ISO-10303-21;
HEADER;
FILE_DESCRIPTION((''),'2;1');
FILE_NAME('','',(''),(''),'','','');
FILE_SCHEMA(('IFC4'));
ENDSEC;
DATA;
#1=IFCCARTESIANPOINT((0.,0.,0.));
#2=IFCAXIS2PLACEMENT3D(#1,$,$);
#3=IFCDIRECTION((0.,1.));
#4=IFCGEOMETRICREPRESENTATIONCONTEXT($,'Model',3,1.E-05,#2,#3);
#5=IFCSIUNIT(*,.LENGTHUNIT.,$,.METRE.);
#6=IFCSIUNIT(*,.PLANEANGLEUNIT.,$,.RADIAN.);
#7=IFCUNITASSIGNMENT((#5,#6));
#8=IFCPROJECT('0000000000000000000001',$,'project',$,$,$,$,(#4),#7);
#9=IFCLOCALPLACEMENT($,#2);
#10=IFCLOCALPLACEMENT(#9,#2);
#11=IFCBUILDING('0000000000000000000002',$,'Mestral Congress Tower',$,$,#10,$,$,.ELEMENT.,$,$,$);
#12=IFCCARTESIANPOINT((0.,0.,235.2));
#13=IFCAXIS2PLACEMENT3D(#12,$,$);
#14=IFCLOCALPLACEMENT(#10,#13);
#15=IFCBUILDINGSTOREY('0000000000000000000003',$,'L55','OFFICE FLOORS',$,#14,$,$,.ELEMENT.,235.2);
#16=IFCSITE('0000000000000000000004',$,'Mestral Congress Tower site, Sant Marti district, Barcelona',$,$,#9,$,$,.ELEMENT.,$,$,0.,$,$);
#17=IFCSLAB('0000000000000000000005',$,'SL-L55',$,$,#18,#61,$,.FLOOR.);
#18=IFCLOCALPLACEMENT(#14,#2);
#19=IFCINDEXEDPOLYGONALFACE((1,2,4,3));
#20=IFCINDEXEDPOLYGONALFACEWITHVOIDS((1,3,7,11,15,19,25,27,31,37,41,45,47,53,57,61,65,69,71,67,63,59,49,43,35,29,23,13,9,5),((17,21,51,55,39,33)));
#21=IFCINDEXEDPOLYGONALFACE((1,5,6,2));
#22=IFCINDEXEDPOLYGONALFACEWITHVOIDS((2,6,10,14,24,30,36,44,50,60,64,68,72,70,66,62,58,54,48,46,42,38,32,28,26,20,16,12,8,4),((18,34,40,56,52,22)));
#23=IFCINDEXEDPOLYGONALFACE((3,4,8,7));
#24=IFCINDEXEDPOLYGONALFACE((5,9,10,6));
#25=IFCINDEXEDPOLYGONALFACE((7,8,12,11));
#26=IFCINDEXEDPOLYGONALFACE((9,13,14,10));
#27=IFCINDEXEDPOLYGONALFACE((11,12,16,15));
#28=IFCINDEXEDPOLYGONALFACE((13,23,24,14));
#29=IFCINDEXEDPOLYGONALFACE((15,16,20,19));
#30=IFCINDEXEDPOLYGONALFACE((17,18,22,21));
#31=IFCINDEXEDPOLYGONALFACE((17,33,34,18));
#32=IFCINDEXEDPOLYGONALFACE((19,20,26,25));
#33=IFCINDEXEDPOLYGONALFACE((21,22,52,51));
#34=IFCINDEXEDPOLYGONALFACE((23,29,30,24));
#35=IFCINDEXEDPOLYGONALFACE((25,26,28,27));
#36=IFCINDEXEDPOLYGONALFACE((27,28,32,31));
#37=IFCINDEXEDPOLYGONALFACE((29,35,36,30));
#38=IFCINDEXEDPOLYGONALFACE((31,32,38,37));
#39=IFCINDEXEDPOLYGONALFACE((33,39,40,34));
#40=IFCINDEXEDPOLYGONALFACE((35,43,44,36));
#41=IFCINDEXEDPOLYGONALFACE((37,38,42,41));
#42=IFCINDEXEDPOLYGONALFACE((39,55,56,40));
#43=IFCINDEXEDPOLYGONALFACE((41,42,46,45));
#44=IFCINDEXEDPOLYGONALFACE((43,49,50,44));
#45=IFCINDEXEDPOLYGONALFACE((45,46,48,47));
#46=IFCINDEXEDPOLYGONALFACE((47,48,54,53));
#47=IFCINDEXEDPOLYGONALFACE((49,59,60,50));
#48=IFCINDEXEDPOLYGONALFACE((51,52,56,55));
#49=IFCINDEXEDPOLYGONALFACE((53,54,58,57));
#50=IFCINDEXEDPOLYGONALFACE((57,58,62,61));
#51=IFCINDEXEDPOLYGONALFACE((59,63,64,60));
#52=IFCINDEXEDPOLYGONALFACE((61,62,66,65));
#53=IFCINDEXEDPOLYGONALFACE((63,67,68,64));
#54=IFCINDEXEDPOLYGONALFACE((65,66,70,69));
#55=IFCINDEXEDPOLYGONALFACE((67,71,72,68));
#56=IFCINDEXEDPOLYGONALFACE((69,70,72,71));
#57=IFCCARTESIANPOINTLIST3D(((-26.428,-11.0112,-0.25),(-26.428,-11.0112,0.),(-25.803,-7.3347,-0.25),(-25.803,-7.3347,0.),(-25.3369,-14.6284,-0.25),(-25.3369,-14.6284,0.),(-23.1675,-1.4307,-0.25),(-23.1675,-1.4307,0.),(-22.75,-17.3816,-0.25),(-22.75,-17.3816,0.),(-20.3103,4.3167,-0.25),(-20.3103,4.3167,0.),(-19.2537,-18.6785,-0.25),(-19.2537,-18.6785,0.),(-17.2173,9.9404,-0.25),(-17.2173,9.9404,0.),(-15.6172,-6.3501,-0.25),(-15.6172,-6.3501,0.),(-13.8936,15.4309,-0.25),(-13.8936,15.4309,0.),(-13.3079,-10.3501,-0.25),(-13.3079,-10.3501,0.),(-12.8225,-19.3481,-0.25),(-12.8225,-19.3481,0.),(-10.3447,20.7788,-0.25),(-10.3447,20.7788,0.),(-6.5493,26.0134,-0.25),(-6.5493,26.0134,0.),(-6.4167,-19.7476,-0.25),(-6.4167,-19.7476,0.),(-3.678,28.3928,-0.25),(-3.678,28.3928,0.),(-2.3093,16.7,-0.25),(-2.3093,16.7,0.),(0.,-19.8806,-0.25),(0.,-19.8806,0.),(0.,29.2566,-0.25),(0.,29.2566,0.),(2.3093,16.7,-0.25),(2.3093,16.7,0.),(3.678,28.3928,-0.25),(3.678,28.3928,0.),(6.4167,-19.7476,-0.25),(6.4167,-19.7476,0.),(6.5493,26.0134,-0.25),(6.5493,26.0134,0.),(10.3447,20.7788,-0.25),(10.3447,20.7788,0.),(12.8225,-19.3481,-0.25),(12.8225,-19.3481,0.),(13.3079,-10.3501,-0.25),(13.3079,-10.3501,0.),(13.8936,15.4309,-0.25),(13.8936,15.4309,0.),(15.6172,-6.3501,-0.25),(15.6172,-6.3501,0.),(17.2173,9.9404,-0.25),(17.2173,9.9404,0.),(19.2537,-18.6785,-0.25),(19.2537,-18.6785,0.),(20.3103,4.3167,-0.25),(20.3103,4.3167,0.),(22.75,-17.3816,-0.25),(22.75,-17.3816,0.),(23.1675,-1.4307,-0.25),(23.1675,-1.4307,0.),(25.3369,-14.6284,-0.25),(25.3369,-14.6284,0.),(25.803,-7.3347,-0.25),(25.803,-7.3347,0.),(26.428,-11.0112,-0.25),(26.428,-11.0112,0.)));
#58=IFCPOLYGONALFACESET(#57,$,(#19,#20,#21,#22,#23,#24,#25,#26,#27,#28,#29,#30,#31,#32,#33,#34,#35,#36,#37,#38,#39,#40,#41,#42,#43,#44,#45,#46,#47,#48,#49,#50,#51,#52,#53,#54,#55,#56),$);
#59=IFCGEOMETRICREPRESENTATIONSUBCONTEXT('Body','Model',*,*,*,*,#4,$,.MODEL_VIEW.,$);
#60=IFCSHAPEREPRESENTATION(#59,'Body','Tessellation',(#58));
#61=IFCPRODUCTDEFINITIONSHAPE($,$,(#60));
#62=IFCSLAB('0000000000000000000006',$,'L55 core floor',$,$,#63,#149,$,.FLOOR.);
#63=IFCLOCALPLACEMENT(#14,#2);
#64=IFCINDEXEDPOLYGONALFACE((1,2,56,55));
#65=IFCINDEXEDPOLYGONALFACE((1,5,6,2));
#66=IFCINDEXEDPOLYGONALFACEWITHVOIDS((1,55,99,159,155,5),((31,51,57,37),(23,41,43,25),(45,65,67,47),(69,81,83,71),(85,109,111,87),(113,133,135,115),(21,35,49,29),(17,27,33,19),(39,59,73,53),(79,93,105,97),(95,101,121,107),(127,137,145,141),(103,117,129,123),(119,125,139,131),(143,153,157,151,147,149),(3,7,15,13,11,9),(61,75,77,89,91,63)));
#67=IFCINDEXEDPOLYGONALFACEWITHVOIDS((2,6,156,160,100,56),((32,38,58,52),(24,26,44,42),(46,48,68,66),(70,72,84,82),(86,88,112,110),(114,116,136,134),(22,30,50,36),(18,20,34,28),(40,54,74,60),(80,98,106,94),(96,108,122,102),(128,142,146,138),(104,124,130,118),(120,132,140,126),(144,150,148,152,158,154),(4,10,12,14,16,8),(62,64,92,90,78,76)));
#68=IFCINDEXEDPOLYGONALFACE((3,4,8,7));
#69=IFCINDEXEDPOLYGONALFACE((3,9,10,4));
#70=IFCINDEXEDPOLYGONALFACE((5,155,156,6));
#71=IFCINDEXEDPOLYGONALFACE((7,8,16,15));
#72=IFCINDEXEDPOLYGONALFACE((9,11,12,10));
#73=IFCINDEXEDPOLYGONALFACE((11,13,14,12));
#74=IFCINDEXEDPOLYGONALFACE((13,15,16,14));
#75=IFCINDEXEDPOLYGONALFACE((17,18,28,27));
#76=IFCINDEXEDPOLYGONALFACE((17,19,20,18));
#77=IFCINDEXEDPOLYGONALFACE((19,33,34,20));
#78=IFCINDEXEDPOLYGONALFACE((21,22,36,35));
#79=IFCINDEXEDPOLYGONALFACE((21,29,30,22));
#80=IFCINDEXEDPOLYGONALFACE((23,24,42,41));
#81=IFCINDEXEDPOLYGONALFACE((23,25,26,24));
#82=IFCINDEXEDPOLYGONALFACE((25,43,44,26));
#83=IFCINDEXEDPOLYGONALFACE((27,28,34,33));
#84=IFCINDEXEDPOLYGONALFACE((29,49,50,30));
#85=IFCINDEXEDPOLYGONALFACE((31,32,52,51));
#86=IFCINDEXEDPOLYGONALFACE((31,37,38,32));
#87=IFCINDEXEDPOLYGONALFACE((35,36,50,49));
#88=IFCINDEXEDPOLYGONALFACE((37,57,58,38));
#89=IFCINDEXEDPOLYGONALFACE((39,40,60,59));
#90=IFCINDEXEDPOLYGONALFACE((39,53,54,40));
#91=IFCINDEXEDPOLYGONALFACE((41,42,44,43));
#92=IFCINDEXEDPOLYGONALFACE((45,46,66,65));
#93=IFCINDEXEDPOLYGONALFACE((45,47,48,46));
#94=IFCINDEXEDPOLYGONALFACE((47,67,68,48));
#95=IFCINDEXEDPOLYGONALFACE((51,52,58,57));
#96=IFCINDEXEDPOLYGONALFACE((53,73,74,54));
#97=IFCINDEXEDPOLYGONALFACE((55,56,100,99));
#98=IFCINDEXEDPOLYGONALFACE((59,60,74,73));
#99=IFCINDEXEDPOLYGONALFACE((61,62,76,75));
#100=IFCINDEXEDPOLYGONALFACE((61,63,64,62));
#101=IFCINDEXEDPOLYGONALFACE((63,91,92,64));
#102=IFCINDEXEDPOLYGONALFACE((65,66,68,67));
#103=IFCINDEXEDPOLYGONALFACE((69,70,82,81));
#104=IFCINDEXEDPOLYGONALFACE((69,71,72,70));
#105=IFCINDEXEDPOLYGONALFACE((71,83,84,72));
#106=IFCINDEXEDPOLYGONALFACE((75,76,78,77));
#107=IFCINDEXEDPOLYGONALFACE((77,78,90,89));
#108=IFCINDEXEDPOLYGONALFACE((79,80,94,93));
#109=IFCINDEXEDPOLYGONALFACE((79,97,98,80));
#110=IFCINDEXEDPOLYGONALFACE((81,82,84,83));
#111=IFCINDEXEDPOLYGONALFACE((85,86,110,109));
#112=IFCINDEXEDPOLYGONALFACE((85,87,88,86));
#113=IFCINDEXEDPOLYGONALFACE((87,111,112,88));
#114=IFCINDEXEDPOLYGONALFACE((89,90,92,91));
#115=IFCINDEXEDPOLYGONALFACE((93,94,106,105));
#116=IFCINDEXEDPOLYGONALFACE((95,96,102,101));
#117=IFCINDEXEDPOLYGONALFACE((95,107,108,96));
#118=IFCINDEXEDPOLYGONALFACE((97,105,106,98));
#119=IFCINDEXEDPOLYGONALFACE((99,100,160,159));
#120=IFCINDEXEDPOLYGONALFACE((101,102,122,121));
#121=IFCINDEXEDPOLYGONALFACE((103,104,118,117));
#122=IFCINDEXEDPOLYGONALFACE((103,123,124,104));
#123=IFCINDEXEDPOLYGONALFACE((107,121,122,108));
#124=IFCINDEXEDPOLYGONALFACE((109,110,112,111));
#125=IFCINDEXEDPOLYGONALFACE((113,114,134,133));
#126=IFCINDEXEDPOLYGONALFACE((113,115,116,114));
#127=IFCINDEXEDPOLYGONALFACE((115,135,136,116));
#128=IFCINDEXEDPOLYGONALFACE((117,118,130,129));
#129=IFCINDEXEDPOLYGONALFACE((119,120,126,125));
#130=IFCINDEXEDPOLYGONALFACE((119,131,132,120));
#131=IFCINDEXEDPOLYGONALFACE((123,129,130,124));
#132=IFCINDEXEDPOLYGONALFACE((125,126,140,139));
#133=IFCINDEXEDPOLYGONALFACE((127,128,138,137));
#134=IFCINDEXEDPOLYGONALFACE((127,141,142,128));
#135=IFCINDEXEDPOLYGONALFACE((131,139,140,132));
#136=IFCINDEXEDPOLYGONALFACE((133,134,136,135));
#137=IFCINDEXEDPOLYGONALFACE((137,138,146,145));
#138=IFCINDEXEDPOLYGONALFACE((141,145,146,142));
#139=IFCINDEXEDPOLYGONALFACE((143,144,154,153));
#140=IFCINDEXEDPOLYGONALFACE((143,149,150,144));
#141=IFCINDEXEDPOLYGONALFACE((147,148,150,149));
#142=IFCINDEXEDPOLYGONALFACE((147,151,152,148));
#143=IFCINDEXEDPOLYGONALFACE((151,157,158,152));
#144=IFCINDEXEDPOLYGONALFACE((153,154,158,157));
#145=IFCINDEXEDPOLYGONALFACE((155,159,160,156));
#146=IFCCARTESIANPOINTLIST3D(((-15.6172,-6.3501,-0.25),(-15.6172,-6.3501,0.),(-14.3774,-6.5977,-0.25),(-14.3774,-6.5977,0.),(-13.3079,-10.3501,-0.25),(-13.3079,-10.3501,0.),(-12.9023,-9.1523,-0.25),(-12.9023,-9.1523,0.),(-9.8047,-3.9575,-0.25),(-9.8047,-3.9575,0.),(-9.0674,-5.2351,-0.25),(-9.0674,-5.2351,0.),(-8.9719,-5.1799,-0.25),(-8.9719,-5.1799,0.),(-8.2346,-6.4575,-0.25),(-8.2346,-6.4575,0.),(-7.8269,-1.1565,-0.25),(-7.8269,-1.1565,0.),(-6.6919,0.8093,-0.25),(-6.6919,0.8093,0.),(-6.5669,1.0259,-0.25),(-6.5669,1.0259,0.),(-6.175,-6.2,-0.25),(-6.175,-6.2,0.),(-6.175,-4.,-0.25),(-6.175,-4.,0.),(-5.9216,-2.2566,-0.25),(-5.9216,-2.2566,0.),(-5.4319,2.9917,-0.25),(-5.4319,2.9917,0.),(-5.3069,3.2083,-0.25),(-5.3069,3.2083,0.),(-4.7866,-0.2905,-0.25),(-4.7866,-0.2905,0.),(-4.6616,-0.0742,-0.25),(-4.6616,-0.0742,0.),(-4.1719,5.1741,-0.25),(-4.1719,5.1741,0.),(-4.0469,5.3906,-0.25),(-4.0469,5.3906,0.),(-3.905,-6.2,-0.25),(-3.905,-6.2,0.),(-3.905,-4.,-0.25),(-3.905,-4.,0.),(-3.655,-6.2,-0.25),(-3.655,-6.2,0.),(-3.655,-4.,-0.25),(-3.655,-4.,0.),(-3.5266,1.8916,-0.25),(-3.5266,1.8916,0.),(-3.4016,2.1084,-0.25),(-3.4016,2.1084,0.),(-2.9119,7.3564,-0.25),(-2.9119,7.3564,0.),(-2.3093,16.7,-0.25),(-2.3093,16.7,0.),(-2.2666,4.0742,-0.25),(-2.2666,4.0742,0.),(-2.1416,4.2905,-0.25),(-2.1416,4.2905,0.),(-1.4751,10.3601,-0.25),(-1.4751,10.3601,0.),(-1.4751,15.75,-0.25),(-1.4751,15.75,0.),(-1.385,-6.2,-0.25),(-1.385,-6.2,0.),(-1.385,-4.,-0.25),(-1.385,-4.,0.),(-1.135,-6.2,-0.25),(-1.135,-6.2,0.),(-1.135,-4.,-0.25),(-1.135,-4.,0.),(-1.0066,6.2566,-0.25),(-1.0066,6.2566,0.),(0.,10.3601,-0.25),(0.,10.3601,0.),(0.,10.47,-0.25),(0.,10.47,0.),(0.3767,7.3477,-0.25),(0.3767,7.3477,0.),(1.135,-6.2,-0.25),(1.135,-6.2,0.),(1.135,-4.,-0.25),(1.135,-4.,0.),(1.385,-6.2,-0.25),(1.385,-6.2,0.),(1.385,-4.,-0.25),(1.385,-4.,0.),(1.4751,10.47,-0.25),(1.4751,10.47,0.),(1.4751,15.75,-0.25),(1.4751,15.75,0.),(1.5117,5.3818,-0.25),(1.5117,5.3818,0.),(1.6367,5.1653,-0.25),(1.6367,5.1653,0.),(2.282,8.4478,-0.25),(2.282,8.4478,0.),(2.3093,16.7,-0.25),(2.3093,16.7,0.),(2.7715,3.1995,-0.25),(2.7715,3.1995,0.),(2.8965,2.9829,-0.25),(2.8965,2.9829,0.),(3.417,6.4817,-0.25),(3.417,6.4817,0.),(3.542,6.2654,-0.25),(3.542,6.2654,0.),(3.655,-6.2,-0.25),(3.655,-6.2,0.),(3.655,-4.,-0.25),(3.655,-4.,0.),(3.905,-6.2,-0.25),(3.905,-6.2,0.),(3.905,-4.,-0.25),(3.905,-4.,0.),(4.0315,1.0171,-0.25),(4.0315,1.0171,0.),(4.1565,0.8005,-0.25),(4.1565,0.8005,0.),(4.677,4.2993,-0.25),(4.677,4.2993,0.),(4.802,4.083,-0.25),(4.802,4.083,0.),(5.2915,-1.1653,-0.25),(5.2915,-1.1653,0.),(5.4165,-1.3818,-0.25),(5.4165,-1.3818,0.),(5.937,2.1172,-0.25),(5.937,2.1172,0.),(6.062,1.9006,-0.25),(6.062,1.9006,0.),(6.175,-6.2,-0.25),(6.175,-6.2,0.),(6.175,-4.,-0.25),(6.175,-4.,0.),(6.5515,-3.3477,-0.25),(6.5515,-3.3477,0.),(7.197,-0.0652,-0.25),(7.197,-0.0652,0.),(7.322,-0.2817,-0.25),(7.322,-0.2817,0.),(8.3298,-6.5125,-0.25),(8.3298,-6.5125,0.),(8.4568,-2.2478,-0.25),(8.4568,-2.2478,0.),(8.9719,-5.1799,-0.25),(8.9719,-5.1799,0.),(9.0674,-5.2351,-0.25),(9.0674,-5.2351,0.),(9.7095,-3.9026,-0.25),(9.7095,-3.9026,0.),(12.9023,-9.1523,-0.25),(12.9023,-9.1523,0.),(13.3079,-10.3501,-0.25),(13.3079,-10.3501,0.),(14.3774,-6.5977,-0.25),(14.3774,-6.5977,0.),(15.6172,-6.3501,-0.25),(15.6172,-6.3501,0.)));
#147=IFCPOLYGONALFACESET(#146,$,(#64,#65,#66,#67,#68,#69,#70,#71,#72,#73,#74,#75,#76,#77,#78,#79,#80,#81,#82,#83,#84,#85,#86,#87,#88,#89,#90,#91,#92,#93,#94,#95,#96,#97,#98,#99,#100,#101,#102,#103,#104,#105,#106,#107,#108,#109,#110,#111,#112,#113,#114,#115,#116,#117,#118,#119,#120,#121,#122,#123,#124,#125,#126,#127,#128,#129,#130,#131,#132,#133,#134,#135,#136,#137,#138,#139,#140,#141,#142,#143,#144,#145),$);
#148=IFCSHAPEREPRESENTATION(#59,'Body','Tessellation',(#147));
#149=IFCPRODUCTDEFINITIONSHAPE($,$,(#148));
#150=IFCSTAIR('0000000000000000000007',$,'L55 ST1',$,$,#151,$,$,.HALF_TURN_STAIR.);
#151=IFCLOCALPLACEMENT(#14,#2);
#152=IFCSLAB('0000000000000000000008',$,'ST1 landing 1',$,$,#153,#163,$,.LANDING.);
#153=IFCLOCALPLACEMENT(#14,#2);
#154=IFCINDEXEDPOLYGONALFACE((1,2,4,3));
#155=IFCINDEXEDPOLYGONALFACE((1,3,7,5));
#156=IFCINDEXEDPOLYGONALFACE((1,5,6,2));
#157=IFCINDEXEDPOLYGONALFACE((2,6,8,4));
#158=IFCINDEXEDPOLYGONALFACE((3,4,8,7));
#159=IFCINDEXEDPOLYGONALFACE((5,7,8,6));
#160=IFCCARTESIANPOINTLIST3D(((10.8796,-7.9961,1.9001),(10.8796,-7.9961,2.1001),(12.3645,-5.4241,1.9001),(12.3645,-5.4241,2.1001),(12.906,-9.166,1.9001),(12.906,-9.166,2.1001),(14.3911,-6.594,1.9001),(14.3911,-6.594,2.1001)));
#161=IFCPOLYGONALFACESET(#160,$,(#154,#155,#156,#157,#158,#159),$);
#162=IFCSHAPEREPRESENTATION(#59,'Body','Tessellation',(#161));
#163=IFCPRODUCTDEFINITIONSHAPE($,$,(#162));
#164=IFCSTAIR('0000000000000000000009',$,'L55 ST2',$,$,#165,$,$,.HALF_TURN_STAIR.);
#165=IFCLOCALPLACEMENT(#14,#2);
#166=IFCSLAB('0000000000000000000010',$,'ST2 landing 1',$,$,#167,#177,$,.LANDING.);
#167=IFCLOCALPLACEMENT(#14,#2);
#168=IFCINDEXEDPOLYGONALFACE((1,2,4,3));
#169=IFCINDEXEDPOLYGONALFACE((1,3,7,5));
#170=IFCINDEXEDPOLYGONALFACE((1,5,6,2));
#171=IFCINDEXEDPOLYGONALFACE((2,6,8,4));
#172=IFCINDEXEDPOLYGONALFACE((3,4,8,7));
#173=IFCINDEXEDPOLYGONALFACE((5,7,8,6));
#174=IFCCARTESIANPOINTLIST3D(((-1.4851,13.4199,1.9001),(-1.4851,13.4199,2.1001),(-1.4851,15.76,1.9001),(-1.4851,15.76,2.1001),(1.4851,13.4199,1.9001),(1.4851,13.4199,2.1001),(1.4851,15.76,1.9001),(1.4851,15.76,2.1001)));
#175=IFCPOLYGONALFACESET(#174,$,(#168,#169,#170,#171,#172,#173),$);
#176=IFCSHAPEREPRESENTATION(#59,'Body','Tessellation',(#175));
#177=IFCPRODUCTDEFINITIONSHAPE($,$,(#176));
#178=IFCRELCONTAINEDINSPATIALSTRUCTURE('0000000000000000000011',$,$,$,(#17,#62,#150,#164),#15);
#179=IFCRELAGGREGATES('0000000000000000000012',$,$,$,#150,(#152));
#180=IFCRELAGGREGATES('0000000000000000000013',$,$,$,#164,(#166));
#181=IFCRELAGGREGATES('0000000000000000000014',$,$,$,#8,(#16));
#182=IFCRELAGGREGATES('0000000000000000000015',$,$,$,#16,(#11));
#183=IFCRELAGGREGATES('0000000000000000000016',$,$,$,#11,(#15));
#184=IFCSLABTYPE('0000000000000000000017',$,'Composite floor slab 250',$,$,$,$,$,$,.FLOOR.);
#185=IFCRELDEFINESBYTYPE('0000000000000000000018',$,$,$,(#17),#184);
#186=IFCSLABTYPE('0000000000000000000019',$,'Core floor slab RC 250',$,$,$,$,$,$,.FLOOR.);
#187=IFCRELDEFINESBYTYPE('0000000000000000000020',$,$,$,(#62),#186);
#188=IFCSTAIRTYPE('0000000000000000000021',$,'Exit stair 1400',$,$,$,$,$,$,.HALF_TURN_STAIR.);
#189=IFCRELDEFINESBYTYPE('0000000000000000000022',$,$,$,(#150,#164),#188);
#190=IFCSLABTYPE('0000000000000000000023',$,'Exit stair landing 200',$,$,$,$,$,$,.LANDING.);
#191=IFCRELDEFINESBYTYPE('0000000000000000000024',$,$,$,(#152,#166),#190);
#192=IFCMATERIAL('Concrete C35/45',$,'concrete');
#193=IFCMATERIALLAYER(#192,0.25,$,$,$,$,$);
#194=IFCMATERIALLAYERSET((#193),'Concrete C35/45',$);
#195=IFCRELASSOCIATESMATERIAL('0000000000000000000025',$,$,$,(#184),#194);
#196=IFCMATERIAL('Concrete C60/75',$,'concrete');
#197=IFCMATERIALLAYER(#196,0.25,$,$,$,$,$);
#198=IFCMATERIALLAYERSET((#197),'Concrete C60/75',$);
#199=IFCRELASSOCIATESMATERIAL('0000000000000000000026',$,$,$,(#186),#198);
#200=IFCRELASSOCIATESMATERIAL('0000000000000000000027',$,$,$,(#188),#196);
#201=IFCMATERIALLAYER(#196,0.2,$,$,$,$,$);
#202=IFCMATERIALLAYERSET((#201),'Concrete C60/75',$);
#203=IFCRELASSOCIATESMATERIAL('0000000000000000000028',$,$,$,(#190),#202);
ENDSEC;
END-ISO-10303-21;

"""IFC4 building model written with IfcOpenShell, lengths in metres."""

from ifc_helpers import new_model, si_unit, direction, frame, origin, place, context, subcontext, project, spatial, polyline, outline, extrude, material, layer, layer_set, type_object, element, aggregate, save


model = new_model("IFC4")

# Units and contexts
model_context = context("Model", 3, precision=1e-05, world=origin(), true_north=direction((0.0, 1.0)))
body_context = subcontext(model_context, "Body", "Model", "MODEL_VIEW")
ifc_project = project(units=[si_unit("LENGTHUNIT", "METRE"), si_unit("PLANEANGLEUNIT", "RADIAN")], contexts=[model_context])

# Site, building, storey
site_placement = place(None, origin())
site = spatial("IfcSite", under=ifc_project, at=site_placement, Name="Mestral Congress Tower site, Sant Marti district, Barcelona", CompositionType="ELEMENT", RefElevation=0.0)
building_placement = place(site_placement, origin())
building = spatial("IfcBuilding", under=site, at=building_placement, Name="Mestral Congress Tower", CompositionType="ELEMENT")
storey_placement = place(building_placement, frame((0.0, 0.0, 235.2)))
storey = spatial("IfcBuildingStorey", under=building, at=storey_placement, Name="L55", Description="OFFICE FLOORS", CompositionType="ELEMENT", Elevation=235.2)

# Slabs
ifc_material_1 = material(Name="Concrete C35/45", Category="concrete")
ifc_layer_1 = layer(ifc_material_1, 0.25)
ifc_layer_set_1 = layer_set([ifc_layer_1], Name="Concrete C35/45")
slab_type_1 = type_object("IfcSlabType", Name="Composite floor slab 250", PredefinedType="FLOOR", material=ifc_layer_set_1)
placement_1 = place(storey_placement, frame((0.0, 0.0, -0.25)))
element("IfcSlab", 1, at=placement_1, inside=storey, type_object=slab_type_1, Name="SL-L55", PredefinedType="FLOOR", context=body_context, shape_type="SweptSolid", body=[
    extrude(outline(polyline([(-19.2537, -18.6785), (-22.75, -17.3816), (-25.3369, -14.6284), (-26.428, -11.0112), (-25.803, -7.3347), (-23.1675, -1.4307), (-20.3103, 4.3167), (-17.2173, 9.9404), (-13.8936, 15.4309), (-10.3447, 20.7788), (-6.5493, 26.0134), (-3.678, 28.3928), (0.0, 29.2566), (3.678, 28.3928), (6.5493, 26.0134), (10.3447, 20.7788), (13.8936, 15.4309), (17.2173, 9.9404), (20.3103, 4.3167), (23.1675, -1.4307), (25.803, -7.3347), (26.428, -11.0112), (25.3369, -14.6284), (22.75, -17.3816), (19.2537, -18.6785), (12.8225, -19.3481), (6.4167, -19.7476), (0.0, -19.8806), (-6.4167, -19.7476), (-12.8225, -19.3481), (-19.2537, -18.6785)]), holes=[polyline([(-2.3093, 16.7), (-15.6172, -6.3501), (-13.3079, -10.3501), (13.3079, -10.3501), (15.6172, -6.3501), (2.3093, 16.7), (-2.3093, 16.7)])]), origin(), (0.0, 0.0, 1.0), 0.25),
])
ifc_material_2 = material(Name="Concrete C60/75", Category="concrete")
ifc_layer_2 = layer(ifc_material_2, 0.25)
ifc_layer_set_2 = layer_set([ifc_layer_2], Name="Concrete C60/75")
slab_type_2 = type_object("IfcSlabType", Name="Core floor slab RC 250", PredefinedType="FLOOR", material=ifc_layer_set_2)
element("IfcSlab", 2, at=placement_1, inside=storey, type_object=slab_type_2, Name="L55 core floor", PredefinedType="FLOOR", context=body_context, shape_type="SweptSolid", body=[
    extrude(outline(polyline([(13.3079, -10.3501), (-13.3079, -10.3501), (-15.6172, -6.3501), (-2.3093, 16.7), (2.3093, 16.7), (15.6172, -6.3501), (13.3079, -10.3501)]), holes=[polyline([(-9.8047, -3.9575), (-14.3774, -6.5977), (-12.9023, -9.1523), (-8.2346, -6.4575), (-8.9719, -5.1799), (-9.0674, -5.2351), (-9.8047, -3.9575)]), polyline([(-3.905, -4.0), (-6.175, -4.0), (-6.175, -6.2), (-3.905, -6.2), (-3.905, -4.0)]), polyline([(-1.385, -4.0), (-3.655, -4.0), (-3.655, -6.2), (-1.385, -6.2), (-1.385, -4.0)]), polyline([(1.135, -4.0), (-1.135, -4.0), (-1.135, -6.2), (1.135, -6.2), (1.135, -4.0)]), polyline([(-5.9216, -2.2566), (-4.7866, -0.2905), (-6.6919, 0.8093), (-7.8269, -1.1565), (-5.9216, -2.2566)]), polyline([(-4.6616, -0.0742), (-3.5266, 1.8916), (-5.4319, 2.9917), (-6.5669, 1.0259), (-4.6616, -0.0742)]), polyline([(-3.4016, 2.1084), (-2.2666, 4.0742), (-4.1719, 5.1741), (-5.3069, 3.2083), (-3.4016, 2.1084)]), polyline([(-2.1416, 4.2905), (-1.0066, 6.2566), (-2.9119, 7.3564), (-4.0469, 5.3906), (-2.1416, 4.2905)]), polyline([(1.4751, 10.47), (1.4751, 15.75), (-1.4751, 15.75), (-1.4751, 10.3601), (0.0, 10.3601), (0.0, 10.47), (1.4751, 10.47)]), polyline([(8.3298, -6.5125), (12.9023, -9.1523), (14.3774, -6.5977), (9.7095, -3.9026), (8.9719, -5.1799), (9.0674, -5.2351), (8.3298, -6.5125)]), polyline([(3.655, -4.0), (1.385, -4.0), (1.385, -6.2), (3.655, -6.2), (3.655, -4.0)]), polyline([(6.175, -4.0), (3.905, -4.0), (3.905, -6.2), (6.175, -6.2), (6.175, -4.0)]), polyline([(5.4165, -1.3818), (6.5515, -3.3477), (8.4568, -2.2478), (7.322, -0.2817), (5.4165, -1.3818)]), polyline([(4.1565, 0.8005), (5.2915, -1.1653), (7.197, -0.0652), (6.062, 1.9006), (4.1565, 0.8005)]), polyline([(2.8965, 2.9829), (4.0315, 1.0171), (5.937, 2.1172), (4.802, 4.083), (2.8965, 2.9829)]), polyline([(3.542, 6.2654), (1.6367, 5.1653), (2.7715, 3.1995), (4.677, 4.2993), (3.542, 6.2654)]), polyline([(2.282, 8.4478), (0.3767, 7.3477), (1.5117, 5.3818), (3.417, 6.4817), (2.282, 8.4478)])]), origin(), (0.0, 0.0, 1.0), 0.25),
])

# Stairs, slabs
stair_type = type_object("IfcStairType", Name="Exit stair 1400", PredefinedType="HALF_TURN_STAIR", material=ifc_material_2)
placement_2 = place(storey_placement, origin())
stair_1 = element("IfcStair", 3, at=placement_2, inside=storey, type_object=stair_type, Name="L55 ST1", PredefinedType="HALF_TURN_STAIR")
ifc_layer_3 = layer(ifc_material_2, 0.2)
ifc_layer_set_3 = layer_set([ifc_layer_3], Name="Concrete C60/75")
slab_type_3 = type_object("IfcSlabType", Name="Exit stair landing 200", PredefinedType="LANDING", material=ifc_layer_set_3)
placement_3 = place(storey_placement, frame((0.0, 0.0, 1.9001)))
slab_1 = element("IfcSlab", 4, at=placement_3, type_object=slab_type_3, Name="ST1 landing 1", PredefinedType="LANDING", context=body_context, shape_type="SweptSolid", body=[
    extrude(outline(polyline([(10.8796, -7.9961), (12.3645, -5.4241), (14.3911, -6.594), (12.906, -9.166), (10.8796, -7.9961)])), origin(), (0.0, 0.0, 1.0), 0.2),
])
aggregate(stair_1, [slab_1])
stair_2 = element("IfcStair", 5, at=placement_2, inside=storey, type_object=stair_type, Name="L55 ST2", PredefinedType="HALF_TURN_STAIR")
slab_2 = element("IfcSlab", 6, at=placement_3, type_object=slab_type_3, Name="ST2 landing 1", PredefinedType="LANDING", context=body_context, shape_type="SweptSolid", body=[
    extrude(outline(polyline([(1.4851, 13.4199), (-1.4851, 13.4199), (-1.4851, 15.76), (1.4851, 15.76), (1.4851, 13.4199)])), origin(), (0.0, 0.0, 1.0), 0.2),
])
aggregate(stair_2, [slab_2])

save(model, "model.ifc")
